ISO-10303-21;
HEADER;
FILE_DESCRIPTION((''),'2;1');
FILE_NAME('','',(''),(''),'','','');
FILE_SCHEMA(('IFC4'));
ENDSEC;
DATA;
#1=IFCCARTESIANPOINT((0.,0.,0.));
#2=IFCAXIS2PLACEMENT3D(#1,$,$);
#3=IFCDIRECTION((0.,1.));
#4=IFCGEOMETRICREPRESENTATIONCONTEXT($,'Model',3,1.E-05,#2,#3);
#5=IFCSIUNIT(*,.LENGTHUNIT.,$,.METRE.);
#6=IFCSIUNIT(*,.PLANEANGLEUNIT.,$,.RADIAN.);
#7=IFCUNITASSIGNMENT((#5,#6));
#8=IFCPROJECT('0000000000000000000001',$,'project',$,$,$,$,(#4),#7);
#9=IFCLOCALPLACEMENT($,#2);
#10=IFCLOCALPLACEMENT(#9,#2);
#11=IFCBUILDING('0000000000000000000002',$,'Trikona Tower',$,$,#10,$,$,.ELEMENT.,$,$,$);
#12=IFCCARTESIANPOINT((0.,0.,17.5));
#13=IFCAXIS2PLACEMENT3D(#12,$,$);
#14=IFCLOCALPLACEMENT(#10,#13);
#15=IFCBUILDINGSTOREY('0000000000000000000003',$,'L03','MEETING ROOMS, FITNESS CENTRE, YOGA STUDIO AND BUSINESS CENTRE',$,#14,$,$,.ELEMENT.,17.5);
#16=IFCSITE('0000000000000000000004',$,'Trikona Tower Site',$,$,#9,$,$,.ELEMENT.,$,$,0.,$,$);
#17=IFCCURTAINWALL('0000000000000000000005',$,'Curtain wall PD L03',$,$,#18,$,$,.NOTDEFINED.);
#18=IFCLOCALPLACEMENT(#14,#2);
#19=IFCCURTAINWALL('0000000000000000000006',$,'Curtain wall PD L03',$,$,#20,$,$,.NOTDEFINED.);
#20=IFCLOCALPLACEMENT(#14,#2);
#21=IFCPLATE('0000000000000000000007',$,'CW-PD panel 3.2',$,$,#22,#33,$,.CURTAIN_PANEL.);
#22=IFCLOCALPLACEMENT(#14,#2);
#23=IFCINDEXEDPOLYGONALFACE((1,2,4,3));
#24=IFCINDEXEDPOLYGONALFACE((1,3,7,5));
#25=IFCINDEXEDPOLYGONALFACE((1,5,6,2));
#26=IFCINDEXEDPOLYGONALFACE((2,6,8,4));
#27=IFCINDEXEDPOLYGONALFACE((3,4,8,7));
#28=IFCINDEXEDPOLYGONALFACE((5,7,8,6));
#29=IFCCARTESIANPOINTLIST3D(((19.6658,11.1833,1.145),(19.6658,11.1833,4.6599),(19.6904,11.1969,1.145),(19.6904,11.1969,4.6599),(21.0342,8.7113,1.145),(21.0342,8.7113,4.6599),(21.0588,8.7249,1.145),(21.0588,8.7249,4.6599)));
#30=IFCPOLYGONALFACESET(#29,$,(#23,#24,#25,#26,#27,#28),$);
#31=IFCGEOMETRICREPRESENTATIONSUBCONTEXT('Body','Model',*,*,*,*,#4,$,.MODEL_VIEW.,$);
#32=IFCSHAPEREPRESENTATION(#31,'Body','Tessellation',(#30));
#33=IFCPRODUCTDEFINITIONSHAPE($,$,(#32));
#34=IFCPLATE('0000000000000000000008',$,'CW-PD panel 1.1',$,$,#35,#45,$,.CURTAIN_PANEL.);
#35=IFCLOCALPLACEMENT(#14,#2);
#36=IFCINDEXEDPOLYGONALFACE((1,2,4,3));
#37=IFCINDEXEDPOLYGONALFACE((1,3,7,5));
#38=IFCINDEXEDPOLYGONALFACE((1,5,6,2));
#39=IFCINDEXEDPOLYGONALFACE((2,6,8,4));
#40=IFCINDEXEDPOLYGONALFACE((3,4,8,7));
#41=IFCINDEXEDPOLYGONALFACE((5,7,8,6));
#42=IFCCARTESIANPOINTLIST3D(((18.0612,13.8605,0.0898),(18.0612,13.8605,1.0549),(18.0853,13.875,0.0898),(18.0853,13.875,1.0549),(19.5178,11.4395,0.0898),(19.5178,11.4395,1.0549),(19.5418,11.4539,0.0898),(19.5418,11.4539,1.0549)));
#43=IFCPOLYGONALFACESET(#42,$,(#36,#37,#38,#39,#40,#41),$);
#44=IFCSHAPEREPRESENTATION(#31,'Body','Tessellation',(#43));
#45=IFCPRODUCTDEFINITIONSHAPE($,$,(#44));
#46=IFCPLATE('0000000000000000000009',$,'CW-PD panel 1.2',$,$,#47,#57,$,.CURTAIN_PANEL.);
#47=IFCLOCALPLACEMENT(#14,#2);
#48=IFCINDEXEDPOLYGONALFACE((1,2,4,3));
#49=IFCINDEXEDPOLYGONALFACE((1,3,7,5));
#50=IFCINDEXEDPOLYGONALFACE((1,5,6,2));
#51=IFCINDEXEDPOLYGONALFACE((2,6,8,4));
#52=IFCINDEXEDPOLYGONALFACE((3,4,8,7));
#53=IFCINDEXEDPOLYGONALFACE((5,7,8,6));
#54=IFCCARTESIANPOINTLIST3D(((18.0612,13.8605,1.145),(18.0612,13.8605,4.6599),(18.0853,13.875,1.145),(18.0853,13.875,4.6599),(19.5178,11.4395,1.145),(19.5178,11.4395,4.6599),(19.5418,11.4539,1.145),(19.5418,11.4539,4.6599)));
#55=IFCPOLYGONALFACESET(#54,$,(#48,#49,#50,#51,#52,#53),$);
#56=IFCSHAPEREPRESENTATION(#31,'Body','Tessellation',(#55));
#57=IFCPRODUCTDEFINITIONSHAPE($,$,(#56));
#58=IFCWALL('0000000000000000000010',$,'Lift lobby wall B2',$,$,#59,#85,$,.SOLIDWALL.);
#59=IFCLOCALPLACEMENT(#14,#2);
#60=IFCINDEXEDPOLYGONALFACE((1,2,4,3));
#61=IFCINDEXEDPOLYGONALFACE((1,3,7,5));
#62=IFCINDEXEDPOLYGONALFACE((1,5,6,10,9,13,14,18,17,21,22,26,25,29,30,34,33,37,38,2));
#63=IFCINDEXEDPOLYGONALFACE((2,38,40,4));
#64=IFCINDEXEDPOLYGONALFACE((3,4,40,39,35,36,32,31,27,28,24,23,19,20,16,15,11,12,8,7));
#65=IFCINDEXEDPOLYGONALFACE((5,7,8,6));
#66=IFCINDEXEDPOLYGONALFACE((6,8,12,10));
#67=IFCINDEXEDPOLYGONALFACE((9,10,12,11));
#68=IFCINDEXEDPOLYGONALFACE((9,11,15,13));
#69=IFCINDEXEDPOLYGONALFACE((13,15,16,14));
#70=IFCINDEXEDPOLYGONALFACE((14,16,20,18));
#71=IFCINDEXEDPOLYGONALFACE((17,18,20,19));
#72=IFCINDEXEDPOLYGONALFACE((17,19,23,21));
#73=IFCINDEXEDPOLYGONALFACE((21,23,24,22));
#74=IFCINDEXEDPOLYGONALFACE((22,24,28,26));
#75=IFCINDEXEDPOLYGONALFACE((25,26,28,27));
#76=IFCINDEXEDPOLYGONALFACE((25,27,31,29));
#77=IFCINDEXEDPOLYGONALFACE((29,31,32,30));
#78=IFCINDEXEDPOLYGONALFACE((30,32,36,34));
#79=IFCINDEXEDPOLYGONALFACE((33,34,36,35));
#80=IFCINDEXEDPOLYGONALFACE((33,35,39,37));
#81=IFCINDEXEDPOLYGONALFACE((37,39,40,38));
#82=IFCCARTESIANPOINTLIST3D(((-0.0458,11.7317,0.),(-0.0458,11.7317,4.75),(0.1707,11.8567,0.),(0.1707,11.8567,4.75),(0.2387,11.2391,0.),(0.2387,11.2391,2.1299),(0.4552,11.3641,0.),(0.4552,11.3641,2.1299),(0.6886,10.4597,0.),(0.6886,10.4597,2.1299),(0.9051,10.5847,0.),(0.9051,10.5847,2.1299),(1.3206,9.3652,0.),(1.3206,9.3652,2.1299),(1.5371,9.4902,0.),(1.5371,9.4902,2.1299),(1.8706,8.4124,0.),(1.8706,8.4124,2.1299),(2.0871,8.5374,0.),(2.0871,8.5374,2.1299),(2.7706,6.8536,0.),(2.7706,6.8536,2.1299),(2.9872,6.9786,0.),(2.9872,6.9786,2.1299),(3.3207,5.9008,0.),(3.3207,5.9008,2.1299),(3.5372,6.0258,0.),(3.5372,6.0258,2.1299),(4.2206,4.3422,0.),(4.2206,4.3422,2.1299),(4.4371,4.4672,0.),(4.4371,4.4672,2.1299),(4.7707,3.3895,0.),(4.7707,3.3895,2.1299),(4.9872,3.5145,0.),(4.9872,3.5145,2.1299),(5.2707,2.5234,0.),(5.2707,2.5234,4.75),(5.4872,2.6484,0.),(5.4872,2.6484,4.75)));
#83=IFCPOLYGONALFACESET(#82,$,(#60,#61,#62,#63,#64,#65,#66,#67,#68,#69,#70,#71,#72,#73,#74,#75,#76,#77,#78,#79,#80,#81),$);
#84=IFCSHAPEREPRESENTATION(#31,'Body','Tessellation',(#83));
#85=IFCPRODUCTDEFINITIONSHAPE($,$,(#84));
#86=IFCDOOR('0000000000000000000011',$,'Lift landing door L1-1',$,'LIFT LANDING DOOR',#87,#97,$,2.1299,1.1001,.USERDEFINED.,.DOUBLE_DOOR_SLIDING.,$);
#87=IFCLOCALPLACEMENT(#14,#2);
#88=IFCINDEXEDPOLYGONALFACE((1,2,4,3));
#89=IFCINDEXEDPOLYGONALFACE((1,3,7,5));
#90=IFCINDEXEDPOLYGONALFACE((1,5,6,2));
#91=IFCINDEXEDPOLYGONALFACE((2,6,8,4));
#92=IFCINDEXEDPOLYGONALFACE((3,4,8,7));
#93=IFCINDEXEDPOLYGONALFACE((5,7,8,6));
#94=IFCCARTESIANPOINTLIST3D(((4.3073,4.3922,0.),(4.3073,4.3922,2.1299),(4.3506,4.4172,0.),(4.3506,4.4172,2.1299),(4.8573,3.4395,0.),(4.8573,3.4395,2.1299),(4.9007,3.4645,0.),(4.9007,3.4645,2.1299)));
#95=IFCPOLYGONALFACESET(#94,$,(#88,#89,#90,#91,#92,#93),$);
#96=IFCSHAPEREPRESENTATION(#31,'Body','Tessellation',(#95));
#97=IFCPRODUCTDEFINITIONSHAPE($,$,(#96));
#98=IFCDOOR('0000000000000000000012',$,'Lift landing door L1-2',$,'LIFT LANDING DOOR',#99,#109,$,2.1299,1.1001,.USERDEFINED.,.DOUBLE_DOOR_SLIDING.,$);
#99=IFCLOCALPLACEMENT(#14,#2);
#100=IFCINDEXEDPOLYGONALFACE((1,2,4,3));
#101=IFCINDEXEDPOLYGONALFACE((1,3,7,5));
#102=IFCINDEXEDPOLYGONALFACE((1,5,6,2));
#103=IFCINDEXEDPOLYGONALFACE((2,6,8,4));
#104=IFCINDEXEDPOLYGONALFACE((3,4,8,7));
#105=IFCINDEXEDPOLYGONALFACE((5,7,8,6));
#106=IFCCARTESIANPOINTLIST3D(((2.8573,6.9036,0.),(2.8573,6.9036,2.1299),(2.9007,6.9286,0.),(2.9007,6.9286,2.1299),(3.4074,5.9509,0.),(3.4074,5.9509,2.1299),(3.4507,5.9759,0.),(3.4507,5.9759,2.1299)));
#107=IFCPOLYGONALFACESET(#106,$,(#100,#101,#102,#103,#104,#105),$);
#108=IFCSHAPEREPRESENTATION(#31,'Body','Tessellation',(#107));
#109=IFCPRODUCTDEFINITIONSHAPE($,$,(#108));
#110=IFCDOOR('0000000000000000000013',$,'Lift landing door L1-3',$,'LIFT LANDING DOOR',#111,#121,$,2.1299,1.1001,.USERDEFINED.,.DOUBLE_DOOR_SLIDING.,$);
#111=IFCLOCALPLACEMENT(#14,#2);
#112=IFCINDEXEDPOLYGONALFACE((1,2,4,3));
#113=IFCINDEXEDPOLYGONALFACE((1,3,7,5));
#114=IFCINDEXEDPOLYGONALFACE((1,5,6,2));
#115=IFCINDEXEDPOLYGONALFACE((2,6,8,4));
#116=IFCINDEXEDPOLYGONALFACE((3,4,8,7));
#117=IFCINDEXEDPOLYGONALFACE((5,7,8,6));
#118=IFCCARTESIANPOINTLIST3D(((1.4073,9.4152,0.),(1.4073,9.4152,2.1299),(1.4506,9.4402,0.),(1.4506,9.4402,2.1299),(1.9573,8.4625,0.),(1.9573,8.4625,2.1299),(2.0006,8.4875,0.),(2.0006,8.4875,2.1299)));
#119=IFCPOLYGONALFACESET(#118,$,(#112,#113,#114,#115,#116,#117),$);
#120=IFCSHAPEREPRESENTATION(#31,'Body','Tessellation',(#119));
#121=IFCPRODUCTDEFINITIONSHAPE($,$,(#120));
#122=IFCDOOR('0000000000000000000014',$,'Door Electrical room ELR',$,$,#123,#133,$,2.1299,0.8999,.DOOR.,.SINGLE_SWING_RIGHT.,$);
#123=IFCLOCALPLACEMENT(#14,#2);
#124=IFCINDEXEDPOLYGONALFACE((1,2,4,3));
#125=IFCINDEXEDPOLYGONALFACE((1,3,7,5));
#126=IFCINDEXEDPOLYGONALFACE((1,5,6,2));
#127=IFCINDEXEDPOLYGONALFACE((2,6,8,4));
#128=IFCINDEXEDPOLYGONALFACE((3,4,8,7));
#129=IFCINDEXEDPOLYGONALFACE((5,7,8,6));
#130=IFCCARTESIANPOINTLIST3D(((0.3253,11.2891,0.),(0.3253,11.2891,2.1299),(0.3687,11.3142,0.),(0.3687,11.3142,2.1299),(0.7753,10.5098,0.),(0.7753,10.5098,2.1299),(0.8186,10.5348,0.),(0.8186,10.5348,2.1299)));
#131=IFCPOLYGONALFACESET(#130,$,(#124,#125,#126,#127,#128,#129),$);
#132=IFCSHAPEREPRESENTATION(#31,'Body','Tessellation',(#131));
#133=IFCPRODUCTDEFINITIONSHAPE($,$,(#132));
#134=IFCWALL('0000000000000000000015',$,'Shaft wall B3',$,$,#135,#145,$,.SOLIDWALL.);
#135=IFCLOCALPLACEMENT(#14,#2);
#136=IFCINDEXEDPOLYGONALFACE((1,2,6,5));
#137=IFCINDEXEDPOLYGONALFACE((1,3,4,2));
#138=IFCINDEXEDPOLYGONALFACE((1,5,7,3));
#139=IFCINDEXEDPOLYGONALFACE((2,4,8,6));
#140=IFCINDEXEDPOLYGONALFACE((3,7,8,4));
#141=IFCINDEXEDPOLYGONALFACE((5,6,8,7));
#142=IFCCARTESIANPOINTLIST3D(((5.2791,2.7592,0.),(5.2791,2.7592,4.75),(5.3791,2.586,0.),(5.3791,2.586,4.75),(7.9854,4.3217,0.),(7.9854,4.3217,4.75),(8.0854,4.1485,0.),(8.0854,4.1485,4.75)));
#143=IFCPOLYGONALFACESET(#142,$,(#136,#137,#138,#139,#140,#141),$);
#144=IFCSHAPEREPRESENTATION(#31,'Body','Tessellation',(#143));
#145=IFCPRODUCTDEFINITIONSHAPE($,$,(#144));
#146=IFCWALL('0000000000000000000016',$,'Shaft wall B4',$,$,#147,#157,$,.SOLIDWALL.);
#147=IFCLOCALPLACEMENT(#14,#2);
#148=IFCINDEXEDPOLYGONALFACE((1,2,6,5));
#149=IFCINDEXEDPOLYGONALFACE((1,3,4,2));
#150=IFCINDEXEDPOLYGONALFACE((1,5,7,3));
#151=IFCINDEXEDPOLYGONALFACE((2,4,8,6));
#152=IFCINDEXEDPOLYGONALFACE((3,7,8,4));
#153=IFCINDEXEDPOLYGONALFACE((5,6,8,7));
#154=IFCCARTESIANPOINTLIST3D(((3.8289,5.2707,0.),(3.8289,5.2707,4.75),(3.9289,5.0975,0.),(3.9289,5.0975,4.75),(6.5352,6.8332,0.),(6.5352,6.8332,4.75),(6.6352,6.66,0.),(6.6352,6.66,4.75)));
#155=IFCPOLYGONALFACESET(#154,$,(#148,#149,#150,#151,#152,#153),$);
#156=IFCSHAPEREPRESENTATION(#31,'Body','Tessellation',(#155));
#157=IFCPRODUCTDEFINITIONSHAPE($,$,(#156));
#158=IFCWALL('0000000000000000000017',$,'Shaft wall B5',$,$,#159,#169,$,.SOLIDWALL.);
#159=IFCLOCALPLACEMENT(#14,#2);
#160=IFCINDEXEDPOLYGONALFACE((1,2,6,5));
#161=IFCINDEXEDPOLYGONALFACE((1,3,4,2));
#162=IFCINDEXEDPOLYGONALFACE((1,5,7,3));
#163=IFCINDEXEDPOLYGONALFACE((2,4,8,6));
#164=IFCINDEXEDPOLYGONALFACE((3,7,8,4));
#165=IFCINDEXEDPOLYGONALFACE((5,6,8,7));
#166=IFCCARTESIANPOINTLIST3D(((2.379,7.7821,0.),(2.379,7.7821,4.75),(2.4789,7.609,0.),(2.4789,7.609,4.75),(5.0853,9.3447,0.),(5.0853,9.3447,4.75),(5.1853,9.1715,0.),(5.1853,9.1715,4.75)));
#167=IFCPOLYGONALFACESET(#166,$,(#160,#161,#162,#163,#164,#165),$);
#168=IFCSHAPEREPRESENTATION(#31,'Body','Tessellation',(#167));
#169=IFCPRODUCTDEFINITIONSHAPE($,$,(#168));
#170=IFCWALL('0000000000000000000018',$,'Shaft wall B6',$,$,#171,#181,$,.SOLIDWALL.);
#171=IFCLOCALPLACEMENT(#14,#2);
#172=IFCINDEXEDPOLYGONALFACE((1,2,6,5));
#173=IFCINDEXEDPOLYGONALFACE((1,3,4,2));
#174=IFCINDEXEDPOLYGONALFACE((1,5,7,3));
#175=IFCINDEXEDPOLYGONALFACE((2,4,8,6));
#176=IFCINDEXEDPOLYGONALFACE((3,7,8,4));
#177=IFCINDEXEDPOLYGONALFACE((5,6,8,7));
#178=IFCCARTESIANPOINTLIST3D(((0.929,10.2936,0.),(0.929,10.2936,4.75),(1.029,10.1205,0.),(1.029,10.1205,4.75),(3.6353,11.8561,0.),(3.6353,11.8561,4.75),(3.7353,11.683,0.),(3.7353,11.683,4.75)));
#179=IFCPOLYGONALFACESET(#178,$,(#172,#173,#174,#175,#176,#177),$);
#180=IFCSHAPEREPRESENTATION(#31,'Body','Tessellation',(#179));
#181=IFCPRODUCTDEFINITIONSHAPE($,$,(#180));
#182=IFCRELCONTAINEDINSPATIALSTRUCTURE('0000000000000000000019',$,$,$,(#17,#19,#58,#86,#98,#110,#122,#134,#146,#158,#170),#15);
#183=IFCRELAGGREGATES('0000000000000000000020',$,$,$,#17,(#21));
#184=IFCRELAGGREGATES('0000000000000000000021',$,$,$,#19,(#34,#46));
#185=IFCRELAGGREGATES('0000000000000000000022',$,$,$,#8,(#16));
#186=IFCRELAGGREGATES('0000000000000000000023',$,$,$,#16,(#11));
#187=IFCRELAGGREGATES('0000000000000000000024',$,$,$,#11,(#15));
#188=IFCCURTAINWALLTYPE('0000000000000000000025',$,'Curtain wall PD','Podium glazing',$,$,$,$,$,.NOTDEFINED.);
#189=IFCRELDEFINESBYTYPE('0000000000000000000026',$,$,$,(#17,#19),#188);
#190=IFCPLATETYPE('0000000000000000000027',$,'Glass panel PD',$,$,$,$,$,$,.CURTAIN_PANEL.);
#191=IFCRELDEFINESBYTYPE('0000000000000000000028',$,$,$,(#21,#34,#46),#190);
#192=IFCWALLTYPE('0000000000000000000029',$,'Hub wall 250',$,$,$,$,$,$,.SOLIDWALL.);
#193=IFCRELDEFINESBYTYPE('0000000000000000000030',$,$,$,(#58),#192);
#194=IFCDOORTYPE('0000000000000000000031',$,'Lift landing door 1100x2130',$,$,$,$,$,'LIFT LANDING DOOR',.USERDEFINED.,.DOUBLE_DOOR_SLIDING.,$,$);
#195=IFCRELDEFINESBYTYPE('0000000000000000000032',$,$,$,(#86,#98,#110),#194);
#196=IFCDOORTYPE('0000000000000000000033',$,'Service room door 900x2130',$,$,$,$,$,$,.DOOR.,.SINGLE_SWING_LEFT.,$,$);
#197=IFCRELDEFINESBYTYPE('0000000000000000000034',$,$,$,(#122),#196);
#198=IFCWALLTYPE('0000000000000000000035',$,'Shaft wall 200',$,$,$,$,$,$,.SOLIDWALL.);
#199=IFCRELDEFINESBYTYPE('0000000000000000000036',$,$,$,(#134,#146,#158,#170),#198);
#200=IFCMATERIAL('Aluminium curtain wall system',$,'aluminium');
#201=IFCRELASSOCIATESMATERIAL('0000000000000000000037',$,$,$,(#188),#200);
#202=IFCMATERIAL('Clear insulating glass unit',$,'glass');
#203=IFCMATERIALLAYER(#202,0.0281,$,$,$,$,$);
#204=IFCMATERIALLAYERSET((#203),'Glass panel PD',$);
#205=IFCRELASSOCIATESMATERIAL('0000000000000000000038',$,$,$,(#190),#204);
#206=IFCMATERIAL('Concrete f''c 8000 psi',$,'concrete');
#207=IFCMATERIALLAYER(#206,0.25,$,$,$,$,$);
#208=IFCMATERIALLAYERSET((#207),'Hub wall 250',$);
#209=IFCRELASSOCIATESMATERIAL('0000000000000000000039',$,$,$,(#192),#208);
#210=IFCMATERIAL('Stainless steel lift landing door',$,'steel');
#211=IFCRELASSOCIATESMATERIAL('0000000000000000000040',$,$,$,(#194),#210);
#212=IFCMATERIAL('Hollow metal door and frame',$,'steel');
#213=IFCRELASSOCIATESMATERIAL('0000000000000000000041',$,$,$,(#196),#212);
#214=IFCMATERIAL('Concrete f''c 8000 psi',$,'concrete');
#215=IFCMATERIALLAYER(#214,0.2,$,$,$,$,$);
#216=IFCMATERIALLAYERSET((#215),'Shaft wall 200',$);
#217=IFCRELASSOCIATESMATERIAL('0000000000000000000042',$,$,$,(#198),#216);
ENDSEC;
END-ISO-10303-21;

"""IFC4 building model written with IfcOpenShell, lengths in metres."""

from ifc_helpers import new_model, si_unit, direction, frame, frame_2d, origin, origin_2d, place, context, subcontext, project, spatial, rectangle, extrude, material, layer, layer_set, type_object, element, fill, aggregate, save


model = new_model("IFC4")

# Units and contexts
model_context = context("Model", 3, precision=1e-05, world=origin(), true_north=direction((0.0, 1.0)))
body_context = subcontext(model_context, "Body", "Model", "MODEL_VIEW")
ifc_project = project(units=[si_unit("LENGTHUNIT", "METRE"), si_unit("PLANEANGLEUNIT", "RADIAN")], contexts=[model_context])

# Site, building, storey
site_placement = place(None, origin())
site = spatial("IfcSite", under=ifc_project, at=site_placement, Name="Trikona Tower Site", CompositionType="ELEMENT", RefElevation=0.0)
building_placement = place(site_placement, origin())
building = spatial("IfcBuilding", under=site, at=building_placement, Name="Trikona Tower", CompositionType="ELEMENT")
storey_placement = place(building_placement, frame((0.0, 0.0, 17.5)))
storey = spatial("IfcBuildingStorey", under=building, at=storey_placement, Name="L03", Description="MEETING ROOMS, FITNESS CENTRE, YOGA STUDIO AND BUSINESS CENTRE", CompositionType="ELEMENT", Elevation=17.5)

# Curtain wall
ifc_material_1 = material(Name="Aluminium curtain wall system", Category="aluminium")
curtain_wall_type = type_object("IfcCurtainWallType", Name="Curtain wall PD", Description="Podium glazing", PredefinedType="NOTDEFINED", material=ifc_material_1)
curtain_wall_1_placement = place(storey_placement, origin())
curtain_wall_1 = element("IfcCurtainWall", 1, at=curtain_wall_1_placement, inside=storey, type_object=curtain_wall_type, Name="Curtain wall PD L03", PredefinedType="NOTDEFINED")

# Curtain wall
curtain_wall_2_placement = place(storey_placement, origin())
curtain_wall_2 = element("IfcCurtainWall", 2, at=curtain_wall_2_placement, inside=storey, type_object=curtain_wall_type, Name="Curtain wall PD L03", PredefinedType="NOTDEFINED")

# Plates
ifc_material_2 = material(Name="Clear insulating glass unit", Category="glass")
ifc_layer_1 = layer(ifc_material_2, 0.0281)
ifc_layer_set_1 = layer_set([ifc_layer_1], Name="Glass panel PD")
plate_type = type_object("IfcPlateType", Name="Glass panel PD", PredefinedType="CURTAIN_PANEL", material=ifc_layer_set_1)
plate_1_placement = place(storey_placement, frame((20.3623, 9.9541, 1.145), z_axis=(0.0, 0.0, 1.0), x_axis=(-0.484332, 0.874884, 0.0)))
plate_1 = element("IfcPlate", 3, at=plate_1_placement, type_object=plate_type, Name="CW-PD panel 3.2", PredefinedType="CURTAIN_PANEL", context=body_context, shape_type="SweptSolid", body=[
    extrude(rectangle(XDim=2.8254, YDim=0.0281, at=origin_2d()), origin(), (0.0, 0.0, 1.0), 3.5149),
])
aggregate(curtain_wall_1, [plate_1])
plate_2_placement = place(storey_placement, frame((18.8015, 12.6572, 0.0898), z_axis=(0.0, 0.0, 1.0), x_axis=(-0.515515, 0.85688, 0.0)))
plate_2 = element("IfcPlate", 4, at=plate_2_placement, type_object=plate_type, Name="CW-PD panel 1.1", PredefinedType="CURTAIN_PANEL", context=body_context, shape_type="SweptSolid", body=[
    extrude(rectangle(XDim=2.8254, YDim=0.0281, at=origin_2d()), origin(), (0.0, 0.0, 1.0), 0.9651),
])
plate_3_placement = place(storey_placement, frame((18.8015, 12.6572, 1.145), z_axis=(0.0, 0.0, 1.0), x_axis=(-0.515515, 0.85688, 0.0)))
plate_3 = element("IfcPlate", 5, at=plate_3_placement, type_object=plate_type, Name="CW-PD panel 1.2", PredefinedType="CURTAIN_PANEL", context=body_context, shape_type="SweptSolid", body=[
    extrude(rectangle(XDim=2.8254, YDim=0.0281, at=origin_2d()), origin(), (0.0, 0.0, 1.0), 3.5149),
])
aggregate(curtain_wall_2, [plate_2, plate_3])

# Wall, openings, doors
ifc_material_3 = material(Name="Concrete f'c 8000 psi", Category="concrete")
ifc_layer_2 = layer(ifc_material_3, 0.25)
ifc_layer_set_2 = layer_set([ifc_layer_2], Name="Hub wall 250")
wall_type_1 = type_object("IfcWallType", Name="Hub wall 250", PredefinedType="SOLIDWALL", material=ifc_layer_set_2)
wall_1_placement = place(storey_placement, frame((5.3789, 2.5859, 0.0), z_axis=(0.0, 0.0, 1.0), x_axis=(-0.500001, 0.866025, 0.0)))
wall_1 = element("IfcWall", 6, at=wall_1_placement, inside=storey, type_object=wall_type_1, Name="Lift lobby wall B2", PredefinedType="SOLIDWALL", context=body_context, shape_type="SweptSolid", body=[
    extrude(rectangle(XDim=10.6328, YDim=0.25, at=frame_2d((5.3164, 0.0))), origin(), (0.0, 0.0, 1.0), 4.75),
])
opening_1_placement = place(wall_1_placement, frame((9.1641, 0.0, 0.0)))
opening_1 = element("IfcOpeningElement", 7, at=opening_1_placement, cuts=wall_1, PredefinedType="OPENING", context=body_context, shape_type="SweptSolid", body=[
    extrude(rectangle(XDim=0.8999, YDim=2.1299, at=frame_2d((0.45, 1.0649))), frame((0.0, 0.135, 0.0), z_axis=(0.0, -1.0, 0.0), x_axis=(1.0, 0.0, 0.0)), (0.0, 0.0, 1.0), 0.27),
])
opening_2_placement = place(wall_1_placement, frame((1.0, 0.0, 0.0)))
opening_2 = element("IfcOpeningElement", 8, at=opening_2_placement, cuts=wall_1, PredefinedType="OPENING", context=body_context, shape_type="SweptSolid", body=[
    extrude(rectangle(XDim=1.1001, YDim=2.1299, at=frame_2d((0.55, 1.0649))), frame((0.0, 0.135, 0.0), z_axis=(0.0, -1.0, 0.0), x_axis=(1.0, 0.0, 0.0)), (0.0, 0.0, 1.0), 0.27),
])
opening_3_placement = place(wall_1_placement, frame((3.8999, 0.0, 0.0)))
opening_3 = element("IfcOpeningElement", 9, at=opening_3_placement, cuts=wall_1, PredefinedType="OPENING", context=body_context, shape_type="SweptSolid", body=[
    extrude(rectangle(XDim=1.1001, YDim=2.1299, at=frame_2d((0.55, 1.0649))), frame((0.0, 0.135, 0.0), z_axis=(0.0, -1.0, 0.0), x_axis=(1.0, 0.0, 0.0)), (0.0, 0.0, 1.0), 0.27),
])
opening_4_placement = place(wall_1_placement, frame((6.8, 0.0, 0.0)))
opening_4 = element("IfcOpeningElement", 10, at=opening_4_placement, cuts=wall_1, PredefinedType="OPENING", context=body_context, shape_type="SweptSolid", body=[
    extrude(rectangle(XDim=1.1001, YDim=2.1299, at=frame_2d((0.55, 1.0649))), frame((0.0, 0.135, 0.0), z_axis=(0.0, -1.0, 0.0), x_axis=(1.0, 0.0, 0.0)), (0.0, 0.0, 1.0), 0.27),
])
ifc_material_4 = material(Name="Stainless steel lift landing door", Category="steel")
door_type_1 = type_object("IfcDoorType", Name="Lift landing door 1100x2130", ElementType="LIFT LANDING DOOR", OperationType="DOUBLE_DOOR_SLIDING", PredefinedType="USERDEFINED", material=ifc_material_4)
door_1_placement = place(opening_2_placement, origin())
door_1 = element("IfcDoor", 11, at=door_1_placement, inside=storey, type_object=door_type_1, Name="Lift landing door L1-1", ObjectType="LIFT LANDING DOOR", OperationType="DOUBLE_DOOR_SLIDING", OverallHeight=2.1299, OverallWidth=1.1001, PredefinedType="USERDEFINED", context=body_context, shape_type="SweptSolid", body=[
    extrude(rectangle(XDim=1.1001, YDim=2.1299, at=frame_2d((0.55, 1.0649))), frame((0.0, 0.0249, 0.0), z_axis=(0.0, -1.0, 0.0), x_axis=(1.0, 0.0, 0.0)), (0.0, 0.0, 1.0), 0.05),
])
fill(opening_2, door_1)
door_2_placement = place(opening_3_placement, origin())
door_2 = element("IfcDoor", 12, at=door_2_placement, inside=storey, type_object=door_type_1, Name="Lift landing door L1-2", ObjectType="LIFT LANDING DOOR", OperationType="DOUBLE_DOOR_SLIDING", OverallHeight=2.1299, OverallWidth=1.1001, PredefinedType="USERDEFINED", context=body_context, shape_type="SweptSolid", body=[
    extrude(rectangle(XDim=1.1001, YDim=2.1299, at=frame_2d((0.55, 1.0649))), frame((0.0, 0.0249, 0.0), z_axis=(0.0, -1.0, 0.0), x_axis=(1.0, 0.0, 0.0)), (0.0, 0.0, 1.0), 0.05),
])
fill(opening_3, door_2)
door_3_placement = place(opening_4_placement, origin())
door_3 = element("IfcDoor", 13, at=door_3_placement, inside=storey, type_object=door_type_1, Name="Lift landing door L1-3", ObjectType="LIFT LANDING DOOR", OperationType="DOUBLE_DOOR_SLIDING", OverallHeight=2.1299, OverallWidth=1.1001, PredefinedType="USERDEFINED", context=body_context, shape_type="SweptSolid", body=[
    extrude(rectangle(XDim=1.1001, YDim=2.1299, at=frame_2d((0.55, 1.0649))), frame((0.0, 0.0249, 0.0), z_axis=(0.0, -1.0, 0.0), x_axis=(1.0, 0.0, 0.0)), (0.0, 0.0, 1.0), 0.05),
])
fill(opening_4, door_3)
ifc_material_5 = material(Name="Hollow metal door and frame", Category="steel")
door_type_2 = type_object("IfcDoorType", Name="Service room door 900x2130", OperationType="SINGLE_SWING_LEFT", PredefinedType="DOOR", material=ifc_material_5)
door_4_placement = place(opening_1_placement, origin())
door_4 = element("IfcDoor", 14, at=door_4_placement, inside=storey, type_object=door_type_2, Name="Door Electrical room ELR", OperationType="SINGLE_SWING_RIGHT", OverallHeight=2.1299, OverallWidth=0.8999, PredefinedType="DOOR", context=body_context, shape_type="SweptSolid", body=[
    extrude(rectangle(XDim=0.8999, YDim=2.1299, at=frame_2d((0.45, 1.0649))), frame((0.0, 0.0249, 0.0), z_axis=(0.0, -1.0, 0.0), x_axis=(1.0, 0.0, 0.0)), (0.0, 0.0, 1.0), 0.05),
])
fill(opening_1, door_4)

# Walls
ifc_material_6 = material(Name="Concrete f'c 8000 psi", Category="concrete")
ifc_layer_3 = layer(ifc_material_6, 0.2)
ifc_layer_set_3 = layer_set([ifc_layer_3], Name="Shaft wall 200")
wall_type_2 = type_object("IfcWallType", Name="Shaft wall 200", PredefinedType="SOLIDWALL", material=ifc_layer_set_3)
for number, where, z_axis, x_axis, name in (
    (15, (5.3291, 2.6726, 0.0), (0.0, 0.0, 1.0), (0.866023, 0.500004, 0.0), "Shaft wall B3"),
    (16, (3.8789, 5.1841, 0.0), (0.0, 0.0, 1.0), (0.866023, 0.500004, 0.0), "Shaft wall B4"),
    (17, (2.429, 7.6956, 0.0), (0.0, 0.0, 1.0), (0.866023, 0.500004, 0.0), "Shaft wall B5"),
    (18, (0.979, 10.207, 0.0), (0.0, 0.0, 1.0), (0.866023, 0.500004, 0.0), "Shaft wall B6"),
):
    element("IfcWall", number, at=place(storey_placement, frame(where, z_axis=z_axis, x_axis=x_axis)), inside=storey, type_object=wall_type_2, Name=name, PredefinedType="SOLIDWALL", context=body_context, shape_type="SweptSolid", body=[
        extrude(rectangle(XDim=3.125, YDim=0.2, at=frame_2d((1.5625, 0.0))), origin(), (0.0, 0.0, 1.0), 4.75),
    ])

save(model, "model.ifc")
